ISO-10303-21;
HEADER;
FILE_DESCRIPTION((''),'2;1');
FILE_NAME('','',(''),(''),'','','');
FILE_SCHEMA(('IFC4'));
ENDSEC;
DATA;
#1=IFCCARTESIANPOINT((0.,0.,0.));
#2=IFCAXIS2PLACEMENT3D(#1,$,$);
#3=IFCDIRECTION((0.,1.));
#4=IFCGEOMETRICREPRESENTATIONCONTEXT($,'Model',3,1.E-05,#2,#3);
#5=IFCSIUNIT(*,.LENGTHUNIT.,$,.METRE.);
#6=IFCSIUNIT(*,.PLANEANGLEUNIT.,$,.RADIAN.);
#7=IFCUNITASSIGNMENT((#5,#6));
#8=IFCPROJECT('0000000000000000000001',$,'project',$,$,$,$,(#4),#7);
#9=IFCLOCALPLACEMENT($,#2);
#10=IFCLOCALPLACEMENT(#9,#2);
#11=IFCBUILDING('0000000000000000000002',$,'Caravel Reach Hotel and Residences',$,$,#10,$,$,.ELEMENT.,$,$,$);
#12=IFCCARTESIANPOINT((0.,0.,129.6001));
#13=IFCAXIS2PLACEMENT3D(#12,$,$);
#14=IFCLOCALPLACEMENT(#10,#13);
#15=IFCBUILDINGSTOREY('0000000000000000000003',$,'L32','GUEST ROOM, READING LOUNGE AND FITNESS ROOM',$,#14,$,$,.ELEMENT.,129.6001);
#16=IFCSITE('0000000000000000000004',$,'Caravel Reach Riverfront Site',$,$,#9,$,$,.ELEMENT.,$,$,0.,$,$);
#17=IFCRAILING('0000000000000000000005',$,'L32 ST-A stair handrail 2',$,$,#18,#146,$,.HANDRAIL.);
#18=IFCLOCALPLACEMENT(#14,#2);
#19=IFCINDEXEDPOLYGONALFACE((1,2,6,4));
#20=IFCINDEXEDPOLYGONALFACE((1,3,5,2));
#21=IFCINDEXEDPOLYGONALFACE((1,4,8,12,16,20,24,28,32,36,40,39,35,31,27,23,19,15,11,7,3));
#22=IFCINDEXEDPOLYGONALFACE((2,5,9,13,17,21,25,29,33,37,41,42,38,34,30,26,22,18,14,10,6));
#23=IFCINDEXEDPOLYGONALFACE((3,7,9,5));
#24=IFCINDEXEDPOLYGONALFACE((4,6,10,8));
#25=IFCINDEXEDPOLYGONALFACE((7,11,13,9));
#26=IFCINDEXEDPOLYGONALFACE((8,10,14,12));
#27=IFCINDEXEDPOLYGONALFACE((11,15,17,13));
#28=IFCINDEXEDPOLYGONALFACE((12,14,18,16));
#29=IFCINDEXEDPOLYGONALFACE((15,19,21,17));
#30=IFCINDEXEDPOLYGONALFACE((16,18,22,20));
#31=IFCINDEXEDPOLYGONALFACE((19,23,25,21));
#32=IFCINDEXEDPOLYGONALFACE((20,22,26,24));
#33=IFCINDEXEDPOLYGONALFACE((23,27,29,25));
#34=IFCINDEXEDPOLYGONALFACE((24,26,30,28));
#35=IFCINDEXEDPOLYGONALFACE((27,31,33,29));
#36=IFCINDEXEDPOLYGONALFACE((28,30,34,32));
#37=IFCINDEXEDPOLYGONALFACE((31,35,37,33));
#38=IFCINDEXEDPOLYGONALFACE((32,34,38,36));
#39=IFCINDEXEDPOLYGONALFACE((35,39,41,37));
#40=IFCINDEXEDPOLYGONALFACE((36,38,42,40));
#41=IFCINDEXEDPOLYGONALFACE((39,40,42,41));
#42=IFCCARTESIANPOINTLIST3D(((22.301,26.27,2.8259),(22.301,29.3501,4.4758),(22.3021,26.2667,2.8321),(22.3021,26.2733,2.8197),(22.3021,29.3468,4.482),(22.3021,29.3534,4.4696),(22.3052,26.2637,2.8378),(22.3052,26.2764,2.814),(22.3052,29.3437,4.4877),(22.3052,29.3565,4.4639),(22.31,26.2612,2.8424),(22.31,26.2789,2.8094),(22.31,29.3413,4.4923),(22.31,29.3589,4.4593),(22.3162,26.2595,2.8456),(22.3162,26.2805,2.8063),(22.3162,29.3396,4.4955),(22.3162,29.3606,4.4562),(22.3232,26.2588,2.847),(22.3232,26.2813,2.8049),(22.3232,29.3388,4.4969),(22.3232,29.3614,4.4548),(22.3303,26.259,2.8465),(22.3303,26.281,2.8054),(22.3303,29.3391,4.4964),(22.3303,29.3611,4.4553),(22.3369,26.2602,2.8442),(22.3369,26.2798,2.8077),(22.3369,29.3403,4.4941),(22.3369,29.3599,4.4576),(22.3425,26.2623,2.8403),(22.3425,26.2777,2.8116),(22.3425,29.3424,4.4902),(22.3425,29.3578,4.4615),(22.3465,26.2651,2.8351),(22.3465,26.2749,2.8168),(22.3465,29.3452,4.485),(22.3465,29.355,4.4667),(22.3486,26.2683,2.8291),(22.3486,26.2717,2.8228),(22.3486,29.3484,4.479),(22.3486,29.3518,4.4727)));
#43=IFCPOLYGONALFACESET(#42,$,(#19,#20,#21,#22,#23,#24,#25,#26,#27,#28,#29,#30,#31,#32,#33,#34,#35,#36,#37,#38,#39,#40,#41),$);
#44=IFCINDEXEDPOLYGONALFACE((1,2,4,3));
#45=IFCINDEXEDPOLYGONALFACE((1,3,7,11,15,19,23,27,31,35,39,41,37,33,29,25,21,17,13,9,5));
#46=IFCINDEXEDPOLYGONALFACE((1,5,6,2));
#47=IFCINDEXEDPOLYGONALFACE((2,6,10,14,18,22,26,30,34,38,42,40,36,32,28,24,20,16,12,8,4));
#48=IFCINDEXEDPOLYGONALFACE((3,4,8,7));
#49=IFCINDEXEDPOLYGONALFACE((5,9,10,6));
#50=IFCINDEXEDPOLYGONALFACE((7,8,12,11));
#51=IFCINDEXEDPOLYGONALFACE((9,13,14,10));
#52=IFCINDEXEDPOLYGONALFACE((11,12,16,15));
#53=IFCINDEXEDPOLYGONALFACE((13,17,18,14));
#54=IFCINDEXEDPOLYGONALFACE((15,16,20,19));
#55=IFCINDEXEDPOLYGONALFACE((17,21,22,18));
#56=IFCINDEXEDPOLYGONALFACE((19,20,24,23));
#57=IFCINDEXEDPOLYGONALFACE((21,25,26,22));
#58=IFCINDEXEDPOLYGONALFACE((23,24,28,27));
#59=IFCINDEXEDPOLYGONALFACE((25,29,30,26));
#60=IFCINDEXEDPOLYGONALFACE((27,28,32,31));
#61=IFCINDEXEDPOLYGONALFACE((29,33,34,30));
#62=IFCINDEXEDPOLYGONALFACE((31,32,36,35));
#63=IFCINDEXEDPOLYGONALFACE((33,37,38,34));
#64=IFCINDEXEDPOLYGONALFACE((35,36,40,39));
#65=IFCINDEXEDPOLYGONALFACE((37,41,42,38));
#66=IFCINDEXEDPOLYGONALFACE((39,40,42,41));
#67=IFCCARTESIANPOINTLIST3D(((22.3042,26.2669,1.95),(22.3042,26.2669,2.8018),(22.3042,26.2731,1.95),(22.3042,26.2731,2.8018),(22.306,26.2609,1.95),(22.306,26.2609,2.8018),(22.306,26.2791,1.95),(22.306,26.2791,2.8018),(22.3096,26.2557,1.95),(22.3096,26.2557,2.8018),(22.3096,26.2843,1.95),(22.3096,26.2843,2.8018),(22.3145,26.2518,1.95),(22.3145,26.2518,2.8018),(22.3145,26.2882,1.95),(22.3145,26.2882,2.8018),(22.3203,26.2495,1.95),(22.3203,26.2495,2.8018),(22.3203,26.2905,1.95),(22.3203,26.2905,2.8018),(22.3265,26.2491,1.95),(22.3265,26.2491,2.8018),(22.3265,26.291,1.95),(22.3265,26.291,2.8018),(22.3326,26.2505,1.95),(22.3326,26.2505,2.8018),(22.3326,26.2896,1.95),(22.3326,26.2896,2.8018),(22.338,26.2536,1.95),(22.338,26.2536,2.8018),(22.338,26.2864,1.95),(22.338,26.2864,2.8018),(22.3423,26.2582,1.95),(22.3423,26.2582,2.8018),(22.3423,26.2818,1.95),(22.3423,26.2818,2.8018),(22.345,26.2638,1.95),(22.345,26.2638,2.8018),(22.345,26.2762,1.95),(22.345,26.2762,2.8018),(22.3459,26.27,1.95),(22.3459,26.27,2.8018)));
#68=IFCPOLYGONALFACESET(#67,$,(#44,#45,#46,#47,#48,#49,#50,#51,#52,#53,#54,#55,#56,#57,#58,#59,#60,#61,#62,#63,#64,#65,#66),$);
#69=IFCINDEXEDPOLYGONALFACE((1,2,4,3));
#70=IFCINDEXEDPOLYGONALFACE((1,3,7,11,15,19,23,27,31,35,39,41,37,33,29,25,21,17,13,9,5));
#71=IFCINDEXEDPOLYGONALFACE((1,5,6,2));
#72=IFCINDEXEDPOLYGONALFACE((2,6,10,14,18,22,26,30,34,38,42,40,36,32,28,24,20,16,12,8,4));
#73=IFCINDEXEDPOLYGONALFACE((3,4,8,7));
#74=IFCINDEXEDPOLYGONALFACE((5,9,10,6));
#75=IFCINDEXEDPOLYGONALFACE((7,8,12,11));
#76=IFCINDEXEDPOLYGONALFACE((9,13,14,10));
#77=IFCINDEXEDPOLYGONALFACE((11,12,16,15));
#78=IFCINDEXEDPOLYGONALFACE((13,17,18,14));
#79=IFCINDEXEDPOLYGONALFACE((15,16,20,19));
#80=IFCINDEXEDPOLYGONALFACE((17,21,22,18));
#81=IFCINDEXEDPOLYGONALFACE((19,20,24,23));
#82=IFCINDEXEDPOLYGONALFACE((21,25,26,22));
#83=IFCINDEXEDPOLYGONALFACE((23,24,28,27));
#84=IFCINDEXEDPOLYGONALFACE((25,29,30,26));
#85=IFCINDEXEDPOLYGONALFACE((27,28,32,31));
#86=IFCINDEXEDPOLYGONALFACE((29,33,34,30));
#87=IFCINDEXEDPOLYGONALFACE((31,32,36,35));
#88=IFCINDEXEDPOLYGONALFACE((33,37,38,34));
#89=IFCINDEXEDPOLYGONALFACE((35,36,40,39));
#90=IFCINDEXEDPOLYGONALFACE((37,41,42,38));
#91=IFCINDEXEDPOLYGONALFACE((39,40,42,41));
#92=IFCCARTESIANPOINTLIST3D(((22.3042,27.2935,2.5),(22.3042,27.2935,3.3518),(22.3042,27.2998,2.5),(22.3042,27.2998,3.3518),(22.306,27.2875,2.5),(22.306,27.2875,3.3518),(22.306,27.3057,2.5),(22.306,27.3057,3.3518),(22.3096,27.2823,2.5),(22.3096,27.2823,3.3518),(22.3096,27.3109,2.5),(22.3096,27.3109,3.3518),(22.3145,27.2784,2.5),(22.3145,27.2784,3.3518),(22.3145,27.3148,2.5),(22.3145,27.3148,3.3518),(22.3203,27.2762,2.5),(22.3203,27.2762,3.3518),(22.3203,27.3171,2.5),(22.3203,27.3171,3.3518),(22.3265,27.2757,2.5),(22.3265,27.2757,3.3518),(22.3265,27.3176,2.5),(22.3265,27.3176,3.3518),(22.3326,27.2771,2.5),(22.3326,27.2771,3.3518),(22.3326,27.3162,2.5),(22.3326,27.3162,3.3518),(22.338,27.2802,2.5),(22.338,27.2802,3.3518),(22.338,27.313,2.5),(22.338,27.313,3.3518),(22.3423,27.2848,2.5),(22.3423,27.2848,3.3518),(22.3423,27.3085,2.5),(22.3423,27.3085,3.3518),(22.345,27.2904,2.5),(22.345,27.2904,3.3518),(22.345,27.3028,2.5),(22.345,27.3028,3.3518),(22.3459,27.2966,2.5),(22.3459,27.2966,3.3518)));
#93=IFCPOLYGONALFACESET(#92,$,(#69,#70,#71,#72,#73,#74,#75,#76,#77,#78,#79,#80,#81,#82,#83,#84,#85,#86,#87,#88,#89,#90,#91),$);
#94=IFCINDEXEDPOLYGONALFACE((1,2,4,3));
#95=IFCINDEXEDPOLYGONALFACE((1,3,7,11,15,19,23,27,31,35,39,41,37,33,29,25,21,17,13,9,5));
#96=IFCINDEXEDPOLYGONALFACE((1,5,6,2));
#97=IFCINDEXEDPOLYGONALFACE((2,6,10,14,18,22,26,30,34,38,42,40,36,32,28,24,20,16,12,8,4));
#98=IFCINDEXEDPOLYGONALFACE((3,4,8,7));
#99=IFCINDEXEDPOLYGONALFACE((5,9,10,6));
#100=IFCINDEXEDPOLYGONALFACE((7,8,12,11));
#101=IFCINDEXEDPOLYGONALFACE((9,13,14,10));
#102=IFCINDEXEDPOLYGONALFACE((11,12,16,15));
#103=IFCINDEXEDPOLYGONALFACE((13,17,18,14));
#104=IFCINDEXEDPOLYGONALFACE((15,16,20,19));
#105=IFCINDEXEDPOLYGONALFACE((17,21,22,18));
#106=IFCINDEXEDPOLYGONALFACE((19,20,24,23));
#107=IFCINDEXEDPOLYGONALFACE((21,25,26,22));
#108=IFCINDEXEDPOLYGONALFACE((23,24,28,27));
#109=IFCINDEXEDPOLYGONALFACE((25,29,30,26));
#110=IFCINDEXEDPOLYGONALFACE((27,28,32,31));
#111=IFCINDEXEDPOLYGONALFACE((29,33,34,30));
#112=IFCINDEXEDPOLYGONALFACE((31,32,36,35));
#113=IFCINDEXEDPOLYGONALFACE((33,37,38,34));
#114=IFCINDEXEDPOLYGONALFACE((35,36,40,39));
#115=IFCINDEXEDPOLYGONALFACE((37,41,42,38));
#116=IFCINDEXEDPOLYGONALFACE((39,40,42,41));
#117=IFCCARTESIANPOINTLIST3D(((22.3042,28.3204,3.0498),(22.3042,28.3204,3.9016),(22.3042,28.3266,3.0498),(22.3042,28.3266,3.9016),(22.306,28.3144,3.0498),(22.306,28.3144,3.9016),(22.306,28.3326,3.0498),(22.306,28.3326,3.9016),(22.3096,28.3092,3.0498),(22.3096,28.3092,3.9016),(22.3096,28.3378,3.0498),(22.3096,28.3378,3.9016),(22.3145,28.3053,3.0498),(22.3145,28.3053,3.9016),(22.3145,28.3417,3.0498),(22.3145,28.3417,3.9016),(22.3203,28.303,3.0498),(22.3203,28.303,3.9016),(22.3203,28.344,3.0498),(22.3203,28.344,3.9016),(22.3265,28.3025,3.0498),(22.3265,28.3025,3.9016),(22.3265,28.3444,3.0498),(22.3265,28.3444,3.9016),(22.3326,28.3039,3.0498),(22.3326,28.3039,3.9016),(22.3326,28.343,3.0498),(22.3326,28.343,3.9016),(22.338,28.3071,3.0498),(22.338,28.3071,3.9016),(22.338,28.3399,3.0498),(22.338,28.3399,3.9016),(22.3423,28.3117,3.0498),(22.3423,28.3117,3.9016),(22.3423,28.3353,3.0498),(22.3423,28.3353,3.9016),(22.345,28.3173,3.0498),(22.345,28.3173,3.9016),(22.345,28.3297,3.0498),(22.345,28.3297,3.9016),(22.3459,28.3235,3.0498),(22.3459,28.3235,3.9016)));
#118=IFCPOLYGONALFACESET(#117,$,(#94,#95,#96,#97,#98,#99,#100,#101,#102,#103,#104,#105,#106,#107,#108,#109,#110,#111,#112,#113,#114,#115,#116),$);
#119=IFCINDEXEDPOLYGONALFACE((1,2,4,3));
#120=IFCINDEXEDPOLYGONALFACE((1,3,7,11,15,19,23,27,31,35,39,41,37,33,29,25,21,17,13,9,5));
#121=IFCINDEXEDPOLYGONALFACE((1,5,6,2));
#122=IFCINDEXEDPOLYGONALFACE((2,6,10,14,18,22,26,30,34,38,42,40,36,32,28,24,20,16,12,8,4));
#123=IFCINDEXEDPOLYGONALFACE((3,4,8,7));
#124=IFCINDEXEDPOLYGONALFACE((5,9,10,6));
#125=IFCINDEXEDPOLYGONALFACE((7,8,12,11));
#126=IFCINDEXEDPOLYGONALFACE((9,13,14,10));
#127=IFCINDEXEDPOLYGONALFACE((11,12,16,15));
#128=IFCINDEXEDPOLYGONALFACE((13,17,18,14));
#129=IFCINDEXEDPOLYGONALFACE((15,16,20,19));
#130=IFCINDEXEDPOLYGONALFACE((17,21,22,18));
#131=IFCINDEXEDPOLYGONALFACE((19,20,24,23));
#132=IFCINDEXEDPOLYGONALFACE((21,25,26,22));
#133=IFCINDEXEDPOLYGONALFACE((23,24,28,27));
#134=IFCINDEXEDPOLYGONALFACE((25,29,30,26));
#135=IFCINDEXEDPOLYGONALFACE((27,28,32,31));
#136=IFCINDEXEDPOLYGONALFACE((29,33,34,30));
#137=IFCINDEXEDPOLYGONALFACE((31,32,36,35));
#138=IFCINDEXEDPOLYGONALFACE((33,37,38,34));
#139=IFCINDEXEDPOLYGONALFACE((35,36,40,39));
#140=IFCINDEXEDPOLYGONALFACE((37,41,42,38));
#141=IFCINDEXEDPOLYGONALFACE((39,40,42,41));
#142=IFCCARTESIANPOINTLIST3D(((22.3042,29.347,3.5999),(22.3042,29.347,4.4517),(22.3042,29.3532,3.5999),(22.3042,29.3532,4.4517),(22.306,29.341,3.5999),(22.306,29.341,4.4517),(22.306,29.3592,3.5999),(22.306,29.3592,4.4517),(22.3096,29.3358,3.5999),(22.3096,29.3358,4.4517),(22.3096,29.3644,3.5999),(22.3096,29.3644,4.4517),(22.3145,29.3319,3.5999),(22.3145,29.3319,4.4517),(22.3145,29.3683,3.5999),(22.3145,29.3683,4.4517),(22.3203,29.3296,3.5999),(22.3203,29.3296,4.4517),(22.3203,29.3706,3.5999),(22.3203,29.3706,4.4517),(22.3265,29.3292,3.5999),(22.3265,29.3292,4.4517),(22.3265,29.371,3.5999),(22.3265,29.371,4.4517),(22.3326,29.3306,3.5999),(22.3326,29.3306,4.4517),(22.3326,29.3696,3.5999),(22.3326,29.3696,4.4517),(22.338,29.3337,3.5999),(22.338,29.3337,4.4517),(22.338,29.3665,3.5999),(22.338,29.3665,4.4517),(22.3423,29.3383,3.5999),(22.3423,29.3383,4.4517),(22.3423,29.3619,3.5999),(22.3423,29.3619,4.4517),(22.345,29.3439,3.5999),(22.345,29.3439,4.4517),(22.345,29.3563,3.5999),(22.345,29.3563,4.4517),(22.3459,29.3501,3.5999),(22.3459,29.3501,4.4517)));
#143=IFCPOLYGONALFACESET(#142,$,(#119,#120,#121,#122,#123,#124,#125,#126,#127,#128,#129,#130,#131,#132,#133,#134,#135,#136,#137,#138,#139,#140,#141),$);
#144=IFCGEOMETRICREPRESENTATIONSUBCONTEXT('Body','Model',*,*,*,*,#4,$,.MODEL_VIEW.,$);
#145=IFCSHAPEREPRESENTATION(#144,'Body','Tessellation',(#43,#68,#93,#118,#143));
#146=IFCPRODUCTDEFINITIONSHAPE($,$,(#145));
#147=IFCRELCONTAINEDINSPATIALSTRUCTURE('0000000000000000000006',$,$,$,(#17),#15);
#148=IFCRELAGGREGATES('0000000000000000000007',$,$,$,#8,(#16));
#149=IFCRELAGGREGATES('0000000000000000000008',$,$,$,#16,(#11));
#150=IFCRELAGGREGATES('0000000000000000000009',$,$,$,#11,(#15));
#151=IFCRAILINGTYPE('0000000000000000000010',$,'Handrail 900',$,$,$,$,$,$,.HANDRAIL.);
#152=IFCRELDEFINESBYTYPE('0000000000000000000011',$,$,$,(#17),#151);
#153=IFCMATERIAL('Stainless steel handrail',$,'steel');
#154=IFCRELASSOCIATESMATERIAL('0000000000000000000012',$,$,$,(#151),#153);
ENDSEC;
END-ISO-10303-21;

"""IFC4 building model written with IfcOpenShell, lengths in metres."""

from ifc_helpers import new_model, si_unit, direction, frame, origin, origin_2d, place, context, subcontext, project, spatial, circle, extrude, material, type_object, element, save


model = new_model("IFC4")

# Units and contexts
model_context = context("Model", 3, precision=1e-05, world=origin(), true_north=direction((0.0, 1.0)))
body_context = subcontext(model_context, "Body", "Model", "MODEL_VIEW")
ifc_project = project(units=[si_unit("LENGTHUNIT", "METRE"), si_unit("PLANEANGLEUNIT", "RADIAN")], contexts=[model_context])

# Site, building, storey
site_placement = place(None, origin())
site = spatial("IfcSite", under=ifc_project, at=site_placement, Name="Caravel Reach Riverfront Site", CompositionType="ELEMENT", RefElevation=0.0)
building_placement = place(site_placement, origin())
building = spatial("IfcBuilding", under=site, at=building_placement, Name="Caravel Reach Hotel and Residences", CompositionType="ELEMENT")
storey_placement = place(building_placement, frame((0.0, 0.0, 129.6001)))
storey = spatial("IfcBuildingStorey", under=building, at=storey_placement, Name="L32", Description="GUEST ROOM, READING LOUNGE AND FITNESS ROOM", CompositionType="ELEMENT", Elevation=129.6001)

# Railing
ifc_material_1 = material(Name="Stainless steel handrail", Category="steel")
railing_type_1 = type_object("IfcRailingType", Name="Handrail 900", PredefinedType="HANDRAIL", material=ifc_material_1)
railing_1_placement = place(storey_placement, frame((22.325, 26.27, 1.95)))
element("IfcRailing", 1, at=railing_1_placement, inside=storey, type_object=railing_type_1, Name="L32 ST-A stair handrail 2", PredefinedType="HANDRAIL", context=body_context, shape_type="SweptSolid", body=[
    extrude(circle(Radius=0.0239, at=origin_2d()), frame((0.0, 0.0, 0.876), z_axis=(0.0, 0.881497, 0.47219), x_axis=(-1.0, 0.0, 0.0)), (0.0, 0.0, 1.0), 3.4941),
    extrude(circle(Radius=0.021, at=origin_2d()), origin(), (0.0, 0.0, 1.0), 0.8518),
    extrude(circle(Radius=0.021, at=origin_2d()), frame((0.0, 1.0266, 0.55)), (0.0, 0.0, 1.0), 0.8518),
    extrude(circle(Radius=0.021, at=origin_2d()), frame((0.0, 2.0535, 1.0999)), (0.0, 0.0, 1.0), 0.8518),
    extrude(circle(Radius=0.021, at=origin_2d()), frame((0.0, 3.0801, 1.6499)), (0.0, 0.0, 1.0), 0.8518),
])

save(model, "model.ifc")
